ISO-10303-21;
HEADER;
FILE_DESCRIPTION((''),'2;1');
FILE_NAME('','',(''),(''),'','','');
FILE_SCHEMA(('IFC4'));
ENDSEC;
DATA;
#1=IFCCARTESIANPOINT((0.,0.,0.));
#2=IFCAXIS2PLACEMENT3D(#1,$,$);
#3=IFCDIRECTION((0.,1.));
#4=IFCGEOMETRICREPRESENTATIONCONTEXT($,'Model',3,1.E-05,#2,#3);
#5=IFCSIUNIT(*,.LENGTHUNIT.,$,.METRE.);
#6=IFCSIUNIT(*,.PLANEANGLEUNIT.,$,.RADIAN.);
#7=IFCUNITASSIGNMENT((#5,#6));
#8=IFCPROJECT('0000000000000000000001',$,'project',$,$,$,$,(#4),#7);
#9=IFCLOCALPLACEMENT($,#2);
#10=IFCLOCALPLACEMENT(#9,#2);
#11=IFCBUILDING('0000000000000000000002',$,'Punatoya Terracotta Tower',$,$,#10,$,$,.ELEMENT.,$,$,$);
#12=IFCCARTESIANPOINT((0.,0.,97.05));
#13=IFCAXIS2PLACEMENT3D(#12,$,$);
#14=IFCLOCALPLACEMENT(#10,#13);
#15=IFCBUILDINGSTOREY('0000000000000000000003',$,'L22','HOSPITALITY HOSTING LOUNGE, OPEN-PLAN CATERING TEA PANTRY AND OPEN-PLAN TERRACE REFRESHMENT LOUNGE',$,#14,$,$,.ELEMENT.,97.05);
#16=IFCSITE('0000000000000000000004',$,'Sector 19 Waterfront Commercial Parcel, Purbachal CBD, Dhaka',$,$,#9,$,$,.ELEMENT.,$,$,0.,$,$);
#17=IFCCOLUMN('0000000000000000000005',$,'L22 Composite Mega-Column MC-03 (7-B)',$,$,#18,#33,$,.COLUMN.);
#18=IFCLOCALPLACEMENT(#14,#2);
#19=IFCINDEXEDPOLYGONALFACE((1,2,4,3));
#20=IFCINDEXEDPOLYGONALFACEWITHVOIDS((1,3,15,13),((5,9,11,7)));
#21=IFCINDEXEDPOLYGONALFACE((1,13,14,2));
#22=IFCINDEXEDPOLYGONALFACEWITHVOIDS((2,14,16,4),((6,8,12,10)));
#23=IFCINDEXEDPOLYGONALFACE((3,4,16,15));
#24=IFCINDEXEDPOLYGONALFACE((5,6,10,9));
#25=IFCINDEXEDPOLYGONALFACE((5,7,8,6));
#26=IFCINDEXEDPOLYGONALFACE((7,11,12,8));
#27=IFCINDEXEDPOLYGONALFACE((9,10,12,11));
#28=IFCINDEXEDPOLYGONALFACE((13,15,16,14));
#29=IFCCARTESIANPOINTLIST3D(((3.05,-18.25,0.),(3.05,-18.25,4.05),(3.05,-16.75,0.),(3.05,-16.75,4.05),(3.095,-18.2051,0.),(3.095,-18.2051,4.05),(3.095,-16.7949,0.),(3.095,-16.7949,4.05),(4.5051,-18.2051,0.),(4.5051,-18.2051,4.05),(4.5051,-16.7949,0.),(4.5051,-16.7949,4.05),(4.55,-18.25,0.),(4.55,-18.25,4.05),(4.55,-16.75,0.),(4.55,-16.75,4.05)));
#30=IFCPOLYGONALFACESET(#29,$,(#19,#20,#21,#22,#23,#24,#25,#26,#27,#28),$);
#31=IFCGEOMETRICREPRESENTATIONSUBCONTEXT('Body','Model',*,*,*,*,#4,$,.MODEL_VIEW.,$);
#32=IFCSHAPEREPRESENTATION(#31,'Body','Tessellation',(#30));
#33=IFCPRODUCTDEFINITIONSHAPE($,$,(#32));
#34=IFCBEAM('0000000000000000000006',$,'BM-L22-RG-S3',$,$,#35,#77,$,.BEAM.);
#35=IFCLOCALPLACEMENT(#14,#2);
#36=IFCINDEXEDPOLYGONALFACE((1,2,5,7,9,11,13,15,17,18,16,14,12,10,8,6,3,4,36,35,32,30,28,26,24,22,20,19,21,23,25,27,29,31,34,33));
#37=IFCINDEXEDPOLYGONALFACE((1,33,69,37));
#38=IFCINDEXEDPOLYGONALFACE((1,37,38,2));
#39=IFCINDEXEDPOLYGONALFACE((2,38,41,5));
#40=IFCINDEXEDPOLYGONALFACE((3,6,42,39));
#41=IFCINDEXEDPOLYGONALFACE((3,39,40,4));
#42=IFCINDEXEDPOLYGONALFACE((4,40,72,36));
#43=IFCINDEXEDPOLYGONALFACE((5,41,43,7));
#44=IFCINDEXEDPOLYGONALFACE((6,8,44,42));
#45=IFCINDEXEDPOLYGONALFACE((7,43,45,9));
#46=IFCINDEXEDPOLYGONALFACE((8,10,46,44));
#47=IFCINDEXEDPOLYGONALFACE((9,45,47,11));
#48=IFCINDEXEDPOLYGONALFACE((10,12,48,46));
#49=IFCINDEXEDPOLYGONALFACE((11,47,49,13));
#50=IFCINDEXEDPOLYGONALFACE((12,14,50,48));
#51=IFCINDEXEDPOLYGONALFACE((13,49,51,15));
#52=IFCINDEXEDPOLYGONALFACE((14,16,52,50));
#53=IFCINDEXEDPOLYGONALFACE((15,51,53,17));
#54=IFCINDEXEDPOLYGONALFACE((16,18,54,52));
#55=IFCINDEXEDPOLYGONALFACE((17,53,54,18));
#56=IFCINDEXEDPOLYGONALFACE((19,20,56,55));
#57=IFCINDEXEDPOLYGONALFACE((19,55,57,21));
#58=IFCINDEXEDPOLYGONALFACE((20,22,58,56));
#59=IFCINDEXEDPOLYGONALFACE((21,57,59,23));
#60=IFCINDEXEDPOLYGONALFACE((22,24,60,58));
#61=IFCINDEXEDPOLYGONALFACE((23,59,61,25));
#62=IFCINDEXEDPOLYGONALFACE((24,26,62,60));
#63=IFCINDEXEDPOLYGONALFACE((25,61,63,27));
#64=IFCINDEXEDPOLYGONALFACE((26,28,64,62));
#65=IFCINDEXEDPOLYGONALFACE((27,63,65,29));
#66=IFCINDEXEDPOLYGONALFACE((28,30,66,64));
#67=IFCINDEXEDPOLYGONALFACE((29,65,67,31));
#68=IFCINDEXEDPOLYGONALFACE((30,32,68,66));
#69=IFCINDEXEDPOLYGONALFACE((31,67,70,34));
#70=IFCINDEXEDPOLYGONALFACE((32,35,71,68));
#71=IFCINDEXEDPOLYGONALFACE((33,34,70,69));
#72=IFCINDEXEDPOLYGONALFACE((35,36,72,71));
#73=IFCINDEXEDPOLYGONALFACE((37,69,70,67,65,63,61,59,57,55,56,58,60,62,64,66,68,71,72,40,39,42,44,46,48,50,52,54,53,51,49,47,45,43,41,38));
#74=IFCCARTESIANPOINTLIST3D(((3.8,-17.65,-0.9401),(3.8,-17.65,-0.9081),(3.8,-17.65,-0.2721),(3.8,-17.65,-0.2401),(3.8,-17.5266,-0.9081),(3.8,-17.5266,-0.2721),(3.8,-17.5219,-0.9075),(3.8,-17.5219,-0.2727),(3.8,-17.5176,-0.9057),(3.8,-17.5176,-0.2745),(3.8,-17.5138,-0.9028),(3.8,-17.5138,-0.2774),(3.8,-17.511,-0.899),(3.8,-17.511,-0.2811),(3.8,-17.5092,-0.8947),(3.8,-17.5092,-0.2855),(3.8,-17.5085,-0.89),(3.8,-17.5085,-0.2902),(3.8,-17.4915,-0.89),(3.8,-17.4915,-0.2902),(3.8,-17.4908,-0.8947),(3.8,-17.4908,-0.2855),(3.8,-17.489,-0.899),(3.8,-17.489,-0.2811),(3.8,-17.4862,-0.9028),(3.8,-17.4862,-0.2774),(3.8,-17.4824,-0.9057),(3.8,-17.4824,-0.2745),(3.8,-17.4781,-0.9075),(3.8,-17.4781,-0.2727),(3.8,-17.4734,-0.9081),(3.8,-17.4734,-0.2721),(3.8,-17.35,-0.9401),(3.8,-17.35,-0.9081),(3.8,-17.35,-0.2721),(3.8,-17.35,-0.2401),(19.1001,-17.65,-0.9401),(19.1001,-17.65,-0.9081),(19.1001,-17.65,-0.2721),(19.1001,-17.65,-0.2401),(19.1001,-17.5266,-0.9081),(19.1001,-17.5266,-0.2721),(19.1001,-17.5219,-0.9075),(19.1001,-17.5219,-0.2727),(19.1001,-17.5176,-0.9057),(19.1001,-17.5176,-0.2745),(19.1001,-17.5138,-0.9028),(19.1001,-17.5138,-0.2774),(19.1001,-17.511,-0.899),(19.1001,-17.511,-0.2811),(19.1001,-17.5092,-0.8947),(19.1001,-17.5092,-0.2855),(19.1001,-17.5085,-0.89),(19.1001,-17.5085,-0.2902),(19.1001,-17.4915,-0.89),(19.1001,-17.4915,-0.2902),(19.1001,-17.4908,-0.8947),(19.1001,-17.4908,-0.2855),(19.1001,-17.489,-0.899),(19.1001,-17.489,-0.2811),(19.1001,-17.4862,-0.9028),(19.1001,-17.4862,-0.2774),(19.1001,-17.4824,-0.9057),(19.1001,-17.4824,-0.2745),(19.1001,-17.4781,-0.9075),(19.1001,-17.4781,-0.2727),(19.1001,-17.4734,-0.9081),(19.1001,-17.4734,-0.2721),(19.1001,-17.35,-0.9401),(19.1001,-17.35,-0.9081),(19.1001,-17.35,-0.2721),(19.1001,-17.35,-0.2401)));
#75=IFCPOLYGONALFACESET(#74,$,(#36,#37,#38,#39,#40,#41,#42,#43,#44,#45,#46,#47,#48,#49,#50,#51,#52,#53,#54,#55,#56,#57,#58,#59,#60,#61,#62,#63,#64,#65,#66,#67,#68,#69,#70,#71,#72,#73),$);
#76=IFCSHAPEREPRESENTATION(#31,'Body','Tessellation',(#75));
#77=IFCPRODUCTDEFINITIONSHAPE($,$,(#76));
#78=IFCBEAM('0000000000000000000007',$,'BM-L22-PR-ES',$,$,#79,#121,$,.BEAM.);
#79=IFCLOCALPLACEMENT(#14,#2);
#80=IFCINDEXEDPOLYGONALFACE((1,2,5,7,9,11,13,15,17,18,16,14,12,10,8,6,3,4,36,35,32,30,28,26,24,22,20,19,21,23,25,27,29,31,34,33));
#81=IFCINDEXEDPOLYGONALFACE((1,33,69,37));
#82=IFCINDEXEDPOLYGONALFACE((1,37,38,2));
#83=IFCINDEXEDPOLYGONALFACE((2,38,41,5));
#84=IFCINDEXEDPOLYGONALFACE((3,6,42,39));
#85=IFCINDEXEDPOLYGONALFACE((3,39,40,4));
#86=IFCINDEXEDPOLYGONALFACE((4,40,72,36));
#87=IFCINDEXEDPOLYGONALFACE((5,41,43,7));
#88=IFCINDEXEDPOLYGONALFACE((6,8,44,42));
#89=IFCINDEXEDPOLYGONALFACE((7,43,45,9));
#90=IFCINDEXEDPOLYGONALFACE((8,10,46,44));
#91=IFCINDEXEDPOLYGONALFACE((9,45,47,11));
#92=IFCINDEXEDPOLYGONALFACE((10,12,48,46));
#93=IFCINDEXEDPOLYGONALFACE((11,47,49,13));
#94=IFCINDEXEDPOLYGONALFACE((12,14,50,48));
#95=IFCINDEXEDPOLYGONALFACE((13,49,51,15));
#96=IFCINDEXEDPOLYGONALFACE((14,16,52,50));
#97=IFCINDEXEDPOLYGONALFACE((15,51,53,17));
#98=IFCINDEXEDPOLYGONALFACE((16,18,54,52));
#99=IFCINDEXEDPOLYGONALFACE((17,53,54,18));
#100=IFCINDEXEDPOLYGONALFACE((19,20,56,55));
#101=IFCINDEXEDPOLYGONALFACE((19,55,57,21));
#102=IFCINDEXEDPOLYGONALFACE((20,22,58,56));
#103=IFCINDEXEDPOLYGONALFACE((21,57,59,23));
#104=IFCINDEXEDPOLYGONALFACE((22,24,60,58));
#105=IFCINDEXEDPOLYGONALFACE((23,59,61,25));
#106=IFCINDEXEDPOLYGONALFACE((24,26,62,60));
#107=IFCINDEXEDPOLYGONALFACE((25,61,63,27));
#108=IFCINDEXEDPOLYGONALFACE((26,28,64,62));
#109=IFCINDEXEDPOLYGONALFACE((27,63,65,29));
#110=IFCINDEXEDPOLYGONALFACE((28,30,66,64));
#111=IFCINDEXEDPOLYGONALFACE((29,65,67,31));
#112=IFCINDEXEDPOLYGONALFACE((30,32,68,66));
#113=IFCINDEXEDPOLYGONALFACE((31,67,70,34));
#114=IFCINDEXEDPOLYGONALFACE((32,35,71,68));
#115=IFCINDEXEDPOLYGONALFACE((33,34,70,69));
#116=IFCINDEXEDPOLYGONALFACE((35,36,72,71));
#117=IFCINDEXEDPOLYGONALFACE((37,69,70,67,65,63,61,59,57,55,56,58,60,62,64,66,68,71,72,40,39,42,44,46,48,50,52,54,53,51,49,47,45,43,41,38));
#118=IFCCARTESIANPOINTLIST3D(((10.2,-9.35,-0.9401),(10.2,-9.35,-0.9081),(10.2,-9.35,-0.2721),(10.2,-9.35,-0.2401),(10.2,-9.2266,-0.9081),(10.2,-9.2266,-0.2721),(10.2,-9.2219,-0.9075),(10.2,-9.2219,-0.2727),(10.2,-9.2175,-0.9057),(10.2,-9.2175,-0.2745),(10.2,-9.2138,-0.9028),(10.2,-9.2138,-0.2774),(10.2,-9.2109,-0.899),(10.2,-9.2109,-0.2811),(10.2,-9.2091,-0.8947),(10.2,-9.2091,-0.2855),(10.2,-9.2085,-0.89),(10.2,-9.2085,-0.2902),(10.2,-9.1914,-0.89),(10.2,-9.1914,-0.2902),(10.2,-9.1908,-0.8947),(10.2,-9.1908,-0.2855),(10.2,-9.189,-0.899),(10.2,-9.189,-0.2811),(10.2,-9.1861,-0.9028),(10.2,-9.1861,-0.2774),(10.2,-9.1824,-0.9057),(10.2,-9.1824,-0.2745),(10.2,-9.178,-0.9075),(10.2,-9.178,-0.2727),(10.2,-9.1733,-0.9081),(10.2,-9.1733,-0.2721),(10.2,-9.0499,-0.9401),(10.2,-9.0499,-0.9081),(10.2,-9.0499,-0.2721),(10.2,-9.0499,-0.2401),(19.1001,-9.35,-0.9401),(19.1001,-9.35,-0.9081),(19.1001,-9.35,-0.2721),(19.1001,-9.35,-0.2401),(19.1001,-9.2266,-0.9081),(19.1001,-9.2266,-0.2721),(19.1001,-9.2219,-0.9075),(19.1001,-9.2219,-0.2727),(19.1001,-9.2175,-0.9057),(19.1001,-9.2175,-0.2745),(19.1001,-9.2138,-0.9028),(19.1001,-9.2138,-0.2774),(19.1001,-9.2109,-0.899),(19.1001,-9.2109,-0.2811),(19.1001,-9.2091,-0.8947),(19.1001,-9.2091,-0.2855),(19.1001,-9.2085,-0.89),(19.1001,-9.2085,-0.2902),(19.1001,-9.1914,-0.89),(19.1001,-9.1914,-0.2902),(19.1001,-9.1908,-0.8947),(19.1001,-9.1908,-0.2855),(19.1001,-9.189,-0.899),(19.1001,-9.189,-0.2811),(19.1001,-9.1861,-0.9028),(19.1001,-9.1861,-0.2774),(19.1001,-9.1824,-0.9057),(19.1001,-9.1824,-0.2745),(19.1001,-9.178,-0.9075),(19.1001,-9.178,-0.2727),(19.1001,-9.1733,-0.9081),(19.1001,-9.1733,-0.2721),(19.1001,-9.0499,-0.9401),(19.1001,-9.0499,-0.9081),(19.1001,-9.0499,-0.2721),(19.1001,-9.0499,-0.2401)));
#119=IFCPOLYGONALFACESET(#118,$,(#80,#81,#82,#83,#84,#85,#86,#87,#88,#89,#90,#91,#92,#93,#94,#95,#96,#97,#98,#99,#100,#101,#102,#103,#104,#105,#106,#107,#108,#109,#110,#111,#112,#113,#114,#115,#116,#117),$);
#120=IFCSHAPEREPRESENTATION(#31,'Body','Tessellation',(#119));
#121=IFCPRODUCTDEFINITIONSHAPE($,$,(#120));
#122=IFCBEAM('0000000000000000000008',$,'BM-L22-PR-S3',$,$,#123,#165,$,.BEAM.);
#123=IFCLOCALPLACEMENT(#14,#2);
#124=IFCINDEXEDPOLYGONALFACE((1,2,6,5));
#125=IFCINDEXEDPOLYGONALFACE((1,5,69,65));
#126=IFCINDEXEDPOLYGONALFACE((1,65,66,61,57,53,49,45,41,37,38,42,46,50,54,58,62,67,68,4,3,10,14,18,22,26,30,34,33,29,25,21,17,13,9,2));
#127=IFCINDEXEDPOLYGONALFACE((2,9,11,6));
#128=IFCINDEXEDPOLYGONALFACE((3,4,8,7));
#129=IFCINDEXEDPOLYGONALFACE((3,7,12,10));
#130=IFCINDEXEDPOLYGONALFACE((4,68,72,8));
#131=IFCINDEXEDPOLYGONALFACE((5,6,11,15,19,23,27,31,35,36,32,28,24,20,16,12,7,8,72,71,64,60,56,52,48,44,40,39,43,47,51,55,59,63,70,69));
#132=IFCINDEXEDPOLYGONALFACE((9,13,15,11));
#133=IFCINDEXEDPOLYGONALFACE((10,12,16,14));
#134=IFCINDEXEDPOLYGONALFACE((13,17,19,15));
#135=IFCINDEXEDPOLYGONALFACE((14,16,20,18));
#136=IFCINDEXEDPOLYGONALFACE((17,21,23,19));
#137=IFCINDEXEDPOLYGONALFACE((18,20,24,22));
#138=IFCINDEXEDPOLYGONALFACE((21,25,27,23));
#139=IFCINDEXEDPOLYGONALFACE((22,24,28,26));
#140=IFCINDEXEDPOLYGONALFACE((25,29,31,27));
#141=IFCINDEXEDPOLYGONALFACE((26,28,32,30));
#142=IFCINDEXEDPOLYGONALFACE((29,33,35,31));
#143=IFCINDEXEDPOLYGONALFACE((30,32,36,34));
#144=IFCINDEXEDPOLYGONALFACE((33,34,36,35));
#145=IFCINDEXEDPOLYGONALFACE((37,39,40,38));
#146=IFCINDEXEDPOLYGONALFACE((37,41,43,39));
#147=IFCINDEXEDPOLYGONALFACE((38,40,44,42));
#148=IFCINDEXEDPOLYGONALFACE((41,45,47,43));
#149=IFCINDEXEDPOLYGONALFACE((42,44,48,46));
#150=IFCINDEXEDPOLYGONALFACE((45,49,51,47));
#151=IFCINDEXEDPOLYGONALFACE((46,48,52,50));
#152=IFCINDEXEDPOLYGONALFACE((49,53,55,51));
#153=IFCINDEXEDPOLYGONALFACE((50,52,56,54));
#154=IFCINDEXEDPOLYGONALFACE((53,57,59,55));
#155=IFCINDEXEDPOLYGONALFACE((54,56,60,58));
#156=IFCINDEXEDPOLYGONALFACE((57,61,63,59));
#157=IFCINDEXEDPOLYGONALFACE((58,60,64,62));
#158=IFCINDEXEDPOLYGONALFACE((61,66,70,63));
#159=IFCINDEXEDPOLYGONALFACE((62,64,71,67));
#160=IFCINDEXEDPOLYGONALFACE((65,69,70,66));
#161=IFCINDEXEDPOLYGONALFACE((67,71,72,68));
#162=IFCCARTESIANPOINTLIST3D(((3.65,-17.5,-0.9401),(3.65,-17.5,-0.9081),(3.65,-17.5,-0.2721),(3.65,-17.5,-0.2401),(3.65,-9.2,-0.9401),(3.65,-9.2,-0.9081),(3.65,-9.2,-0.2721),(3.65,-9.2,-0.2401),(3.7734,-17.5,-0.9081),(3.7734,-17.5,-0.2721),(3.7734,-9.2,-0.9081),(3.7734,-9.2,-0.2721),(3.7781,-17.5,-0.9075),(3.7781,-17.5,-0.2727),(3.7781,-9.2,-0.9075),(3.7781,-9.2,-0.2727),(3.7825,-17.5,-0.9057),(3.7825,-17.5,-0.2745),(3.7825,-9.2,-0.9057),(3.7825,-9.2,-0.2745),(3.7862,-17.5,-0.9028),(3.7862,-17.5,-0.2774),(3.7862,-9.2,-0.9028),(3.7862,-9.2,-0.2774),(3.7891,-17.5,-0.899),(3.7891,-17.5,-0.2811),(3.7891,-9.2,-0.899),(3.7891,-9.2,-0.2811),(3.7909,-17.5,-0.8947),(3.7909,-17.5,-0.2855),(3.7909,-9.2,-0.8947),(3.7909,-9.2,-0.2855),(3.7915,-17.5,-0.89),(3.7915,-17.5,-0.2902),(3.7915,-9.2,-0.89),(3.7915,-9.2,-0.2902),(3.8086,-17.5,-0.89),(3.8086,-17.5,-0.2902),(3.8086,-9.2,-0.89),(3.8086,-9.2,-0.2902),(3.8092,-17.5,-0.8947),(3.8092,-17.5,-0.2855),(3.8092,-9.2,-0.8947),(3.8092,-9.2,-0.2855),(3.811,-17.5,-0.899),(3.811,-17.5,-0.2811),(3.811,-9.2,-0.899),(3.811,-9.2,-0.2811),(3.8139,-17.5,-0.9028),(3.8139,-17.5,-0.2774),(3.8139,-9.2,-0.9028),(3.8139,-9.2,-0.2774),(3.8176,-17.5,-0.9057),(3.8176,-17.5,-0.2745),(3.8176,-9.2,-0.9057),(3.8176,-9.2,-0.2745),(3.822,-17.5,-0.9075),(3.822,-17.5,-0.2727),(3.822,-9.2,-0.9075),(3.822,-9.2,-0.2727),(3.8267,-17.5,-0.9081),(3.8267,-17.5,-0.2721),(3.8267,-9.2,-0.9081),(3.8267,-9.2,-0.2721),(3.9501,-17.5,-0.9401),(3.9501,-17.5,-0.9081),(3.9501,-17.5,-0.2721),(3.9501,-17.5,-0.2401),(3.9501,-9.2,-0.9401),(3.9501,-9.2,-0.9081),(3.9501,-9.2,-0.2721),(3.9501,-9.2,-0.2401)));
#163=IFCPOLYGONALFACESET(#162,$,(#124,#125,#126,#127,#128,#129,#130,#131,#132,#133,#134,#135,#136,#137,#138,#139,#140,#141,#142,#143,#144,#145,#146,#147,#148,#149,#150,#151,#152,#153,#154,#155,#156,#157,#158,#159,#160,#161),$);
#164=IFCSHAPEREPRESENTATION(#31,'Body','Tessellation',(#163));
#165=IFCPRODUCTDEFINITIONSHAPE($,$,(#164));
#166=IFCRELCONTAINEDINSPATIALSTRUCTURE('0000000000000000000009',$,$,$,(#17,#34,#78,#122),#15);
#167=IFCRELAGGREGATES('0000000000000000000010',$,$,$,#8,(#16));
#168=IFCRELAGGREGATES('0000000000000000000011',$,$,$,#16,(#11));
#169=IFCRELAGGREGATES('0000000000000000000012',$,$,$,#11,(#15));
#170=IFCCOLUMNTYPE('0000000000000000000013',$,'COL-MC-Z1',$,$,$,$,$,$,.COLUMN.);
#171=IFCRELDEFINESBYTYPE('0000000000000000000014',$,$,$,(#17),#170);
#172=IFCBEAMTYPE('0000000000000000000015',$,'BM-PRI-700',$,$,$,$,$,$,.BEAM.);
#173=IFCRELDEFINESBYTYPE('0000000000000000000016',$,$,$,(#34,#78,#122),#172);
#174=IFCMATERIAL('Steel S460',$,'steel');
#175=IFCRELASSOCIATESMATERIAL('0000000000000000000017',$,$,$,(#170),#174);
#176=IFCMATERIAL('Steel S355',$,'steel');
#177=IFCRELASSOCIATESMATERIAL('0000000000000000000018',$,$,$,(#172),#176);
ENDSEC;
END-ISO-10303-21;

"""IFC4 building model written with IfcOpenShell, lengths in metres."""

from ifc_helpers import new_model, si_unit, direction, frame, origin, origin_2d, place, context, subcontext, project, spatial, hollow_rectangle, i_section, extrude, material, material_profile, profile_set, type_object, element, save


model = new_model("IFC4")

# Units and contexts
model_context = context("Model", 3, precision=1e-05, world=origin(), true_north=direction((0.0, 1.0)))
body_context = subcontext(model_context, "Body", "Model", "MODEL_VIEW")
ifc_project = project(units=[si_unit("LENGTHUNIT", "METRE"), si_unit("PLANEANGLEUNIT", "RADIAN")], contexts=[model_context])

# Site, building, storey
site_placement = place(None, origin())
site = spatial("IfcSite", under=ifc_project, at=site_placement, Name="Sector 19 Waterfront Commercial Parcel, Purbachal CBD, Dhaka", CompositionType="ELEMENT", RefElevation=0.0)
building_placement = place(site_placement, origin())
building = spatial("IfcBuilding", under=site, at=building_placement, Name="Punatoya Terracotta Tower", CompositionType="ELEMENT")
storey_placement = place(building_placement, frame((0.0, 0.0, 97.05)))
storey = spatial("IfcBuildingStorey", under=building, at=storey_placement, Name="L22", Description="HOSPITALITY HOSTING LOUNGE, OPEN-PLAN CATERING TEA PANTRY AND OPEN-PLAN TERRACE REFRESHMENT LOUNGE", CompositionType="ELEMENT", Elevation=97.05)

# Column
ifc_material_1 = material(Name="Steel S460", Category="steel")
ifc_material_profile_1 = material_profile(ifc_material_1, hollow_rectangle(XDim=1.5, YDim=1.5, WallThickness=0.0449, at=origin_2d()))
ifc_profile_set_1 = profile_set([ifc_material_profile_1], Name="Steel S460")
column_type = type_object("IfcColumnType", Name="COL-MC-Z1", PredefinedType="COLUMN", material=ifc_profile_set_1)
column_placement = place(storey_placement, frame((3.8, -17.5, 0.0), z_axis=(0.0, 0.0, 1.0), x_axis=(1.0, 0.0, 0.0)))
element("IfcColumn", 1, at=column_placement, inside=storey, type_object=column_type, Name="L22 Composite Mega-Column MC-03 (7-B)", PredefinedType="COLUMN", context=body_context, shape_type="SweptSolid", body=[
    extrude(hollow_rectangle(XDim=1.5, YDim=1.5, WallThickness=0.0449, at=origin_2d()), origin(), (0.0, 0.0, 1.0), 4.05),
])

# Beams
ifc_material_2 = material(Name="Steel S355", Category="steel")
ifc_material_profile_2 = material_profile(ifc_material_2, i_section(OverallWidth=0.3, OverallDepth=0.7, WebThickness=0.0171, FlangeThickness=0.032, FilletRadius=0.0181, at=origin_2d()))
ifc_profile_set_2 = profile_set([ifc_material_profile_2], Name="Steel S355")
beam_type_1 = type_object("IfcBeamType", Name="BM-PRI-700", PredefinedType="BEAM", material=ifc_profile_set_2)
beam_1_placement = place(storey_placement, frame((3.8, -17.5, -0.5901), z_axis=(1.0, 0.0, 0.0), x_axis=(0.0, 1.0, 0.0)))
element("IfcBeam", 2, at=beam_1_placement, inside=storey, type_object=beam_type_1, Name="BM-L22-RG-S3", PredefinedType="BEAM", context=body_context, shape_type="SweptSolid", body=[
    extrude(i_section(OverallWidth=0.3, OverallDepth=0.7, WebThickness=0.0171, FlangeThickness=0.032, FilletRadius=0.0181, at=origin_2d()), origin(), (0.0, 0.0, 1.0), 15.3),
])
beam_2_placement = place(storey_placement, frame((10.2, -9.2, -0.5901), z_axis=(1.0, 0.0, 0.0), x_axis=(0.0, 1.0, 0.0)))
element("IfcBeam", 3, at=beam_2_placement, inside=storey, type_object=beam_type_1, Name="BM-L22-PR-ES", PredefinedType="BEAM", context=body_context, shape_type="SweptSolid", body=[
    extrude(i_section(OverallWidth=0.3, OverallDepth=0.7, WebThickness=0.0171, FlangeThickness=0.032, FilletRadius=0.0181, at=origin_2d()), origin(), (0.0, 0.0, 1.0), 8.9001),
])
for number, where, z_axis, x_axis, name in (
    (4, (3.8, -17.5, -0.5901), (0.0, 1.0, 0.0), (-1.0, 0.0, 0.0), "BM-L22-PR-S3"),
):
    element("IfcBeam", number, at=place(storey_placement, frame(where, z_axis=z_axis, x_axis=x_axis)), inside=storey, type_object=beam_type_1, Name=name, PredefinedType="BEAM", context=body_context, shape_type="SweptSolid", body=[
        extrude(i_section(OverallWidth=0.3, OverallDepth=0.7, WebThickness=0.0171, FlangeThickness=0.032, FilletRadius=0.0181, at=origin_2d()), origin(), (0.0, 0.0, 1.0), 8.3),
    ])

save(model, "model.ifc")
